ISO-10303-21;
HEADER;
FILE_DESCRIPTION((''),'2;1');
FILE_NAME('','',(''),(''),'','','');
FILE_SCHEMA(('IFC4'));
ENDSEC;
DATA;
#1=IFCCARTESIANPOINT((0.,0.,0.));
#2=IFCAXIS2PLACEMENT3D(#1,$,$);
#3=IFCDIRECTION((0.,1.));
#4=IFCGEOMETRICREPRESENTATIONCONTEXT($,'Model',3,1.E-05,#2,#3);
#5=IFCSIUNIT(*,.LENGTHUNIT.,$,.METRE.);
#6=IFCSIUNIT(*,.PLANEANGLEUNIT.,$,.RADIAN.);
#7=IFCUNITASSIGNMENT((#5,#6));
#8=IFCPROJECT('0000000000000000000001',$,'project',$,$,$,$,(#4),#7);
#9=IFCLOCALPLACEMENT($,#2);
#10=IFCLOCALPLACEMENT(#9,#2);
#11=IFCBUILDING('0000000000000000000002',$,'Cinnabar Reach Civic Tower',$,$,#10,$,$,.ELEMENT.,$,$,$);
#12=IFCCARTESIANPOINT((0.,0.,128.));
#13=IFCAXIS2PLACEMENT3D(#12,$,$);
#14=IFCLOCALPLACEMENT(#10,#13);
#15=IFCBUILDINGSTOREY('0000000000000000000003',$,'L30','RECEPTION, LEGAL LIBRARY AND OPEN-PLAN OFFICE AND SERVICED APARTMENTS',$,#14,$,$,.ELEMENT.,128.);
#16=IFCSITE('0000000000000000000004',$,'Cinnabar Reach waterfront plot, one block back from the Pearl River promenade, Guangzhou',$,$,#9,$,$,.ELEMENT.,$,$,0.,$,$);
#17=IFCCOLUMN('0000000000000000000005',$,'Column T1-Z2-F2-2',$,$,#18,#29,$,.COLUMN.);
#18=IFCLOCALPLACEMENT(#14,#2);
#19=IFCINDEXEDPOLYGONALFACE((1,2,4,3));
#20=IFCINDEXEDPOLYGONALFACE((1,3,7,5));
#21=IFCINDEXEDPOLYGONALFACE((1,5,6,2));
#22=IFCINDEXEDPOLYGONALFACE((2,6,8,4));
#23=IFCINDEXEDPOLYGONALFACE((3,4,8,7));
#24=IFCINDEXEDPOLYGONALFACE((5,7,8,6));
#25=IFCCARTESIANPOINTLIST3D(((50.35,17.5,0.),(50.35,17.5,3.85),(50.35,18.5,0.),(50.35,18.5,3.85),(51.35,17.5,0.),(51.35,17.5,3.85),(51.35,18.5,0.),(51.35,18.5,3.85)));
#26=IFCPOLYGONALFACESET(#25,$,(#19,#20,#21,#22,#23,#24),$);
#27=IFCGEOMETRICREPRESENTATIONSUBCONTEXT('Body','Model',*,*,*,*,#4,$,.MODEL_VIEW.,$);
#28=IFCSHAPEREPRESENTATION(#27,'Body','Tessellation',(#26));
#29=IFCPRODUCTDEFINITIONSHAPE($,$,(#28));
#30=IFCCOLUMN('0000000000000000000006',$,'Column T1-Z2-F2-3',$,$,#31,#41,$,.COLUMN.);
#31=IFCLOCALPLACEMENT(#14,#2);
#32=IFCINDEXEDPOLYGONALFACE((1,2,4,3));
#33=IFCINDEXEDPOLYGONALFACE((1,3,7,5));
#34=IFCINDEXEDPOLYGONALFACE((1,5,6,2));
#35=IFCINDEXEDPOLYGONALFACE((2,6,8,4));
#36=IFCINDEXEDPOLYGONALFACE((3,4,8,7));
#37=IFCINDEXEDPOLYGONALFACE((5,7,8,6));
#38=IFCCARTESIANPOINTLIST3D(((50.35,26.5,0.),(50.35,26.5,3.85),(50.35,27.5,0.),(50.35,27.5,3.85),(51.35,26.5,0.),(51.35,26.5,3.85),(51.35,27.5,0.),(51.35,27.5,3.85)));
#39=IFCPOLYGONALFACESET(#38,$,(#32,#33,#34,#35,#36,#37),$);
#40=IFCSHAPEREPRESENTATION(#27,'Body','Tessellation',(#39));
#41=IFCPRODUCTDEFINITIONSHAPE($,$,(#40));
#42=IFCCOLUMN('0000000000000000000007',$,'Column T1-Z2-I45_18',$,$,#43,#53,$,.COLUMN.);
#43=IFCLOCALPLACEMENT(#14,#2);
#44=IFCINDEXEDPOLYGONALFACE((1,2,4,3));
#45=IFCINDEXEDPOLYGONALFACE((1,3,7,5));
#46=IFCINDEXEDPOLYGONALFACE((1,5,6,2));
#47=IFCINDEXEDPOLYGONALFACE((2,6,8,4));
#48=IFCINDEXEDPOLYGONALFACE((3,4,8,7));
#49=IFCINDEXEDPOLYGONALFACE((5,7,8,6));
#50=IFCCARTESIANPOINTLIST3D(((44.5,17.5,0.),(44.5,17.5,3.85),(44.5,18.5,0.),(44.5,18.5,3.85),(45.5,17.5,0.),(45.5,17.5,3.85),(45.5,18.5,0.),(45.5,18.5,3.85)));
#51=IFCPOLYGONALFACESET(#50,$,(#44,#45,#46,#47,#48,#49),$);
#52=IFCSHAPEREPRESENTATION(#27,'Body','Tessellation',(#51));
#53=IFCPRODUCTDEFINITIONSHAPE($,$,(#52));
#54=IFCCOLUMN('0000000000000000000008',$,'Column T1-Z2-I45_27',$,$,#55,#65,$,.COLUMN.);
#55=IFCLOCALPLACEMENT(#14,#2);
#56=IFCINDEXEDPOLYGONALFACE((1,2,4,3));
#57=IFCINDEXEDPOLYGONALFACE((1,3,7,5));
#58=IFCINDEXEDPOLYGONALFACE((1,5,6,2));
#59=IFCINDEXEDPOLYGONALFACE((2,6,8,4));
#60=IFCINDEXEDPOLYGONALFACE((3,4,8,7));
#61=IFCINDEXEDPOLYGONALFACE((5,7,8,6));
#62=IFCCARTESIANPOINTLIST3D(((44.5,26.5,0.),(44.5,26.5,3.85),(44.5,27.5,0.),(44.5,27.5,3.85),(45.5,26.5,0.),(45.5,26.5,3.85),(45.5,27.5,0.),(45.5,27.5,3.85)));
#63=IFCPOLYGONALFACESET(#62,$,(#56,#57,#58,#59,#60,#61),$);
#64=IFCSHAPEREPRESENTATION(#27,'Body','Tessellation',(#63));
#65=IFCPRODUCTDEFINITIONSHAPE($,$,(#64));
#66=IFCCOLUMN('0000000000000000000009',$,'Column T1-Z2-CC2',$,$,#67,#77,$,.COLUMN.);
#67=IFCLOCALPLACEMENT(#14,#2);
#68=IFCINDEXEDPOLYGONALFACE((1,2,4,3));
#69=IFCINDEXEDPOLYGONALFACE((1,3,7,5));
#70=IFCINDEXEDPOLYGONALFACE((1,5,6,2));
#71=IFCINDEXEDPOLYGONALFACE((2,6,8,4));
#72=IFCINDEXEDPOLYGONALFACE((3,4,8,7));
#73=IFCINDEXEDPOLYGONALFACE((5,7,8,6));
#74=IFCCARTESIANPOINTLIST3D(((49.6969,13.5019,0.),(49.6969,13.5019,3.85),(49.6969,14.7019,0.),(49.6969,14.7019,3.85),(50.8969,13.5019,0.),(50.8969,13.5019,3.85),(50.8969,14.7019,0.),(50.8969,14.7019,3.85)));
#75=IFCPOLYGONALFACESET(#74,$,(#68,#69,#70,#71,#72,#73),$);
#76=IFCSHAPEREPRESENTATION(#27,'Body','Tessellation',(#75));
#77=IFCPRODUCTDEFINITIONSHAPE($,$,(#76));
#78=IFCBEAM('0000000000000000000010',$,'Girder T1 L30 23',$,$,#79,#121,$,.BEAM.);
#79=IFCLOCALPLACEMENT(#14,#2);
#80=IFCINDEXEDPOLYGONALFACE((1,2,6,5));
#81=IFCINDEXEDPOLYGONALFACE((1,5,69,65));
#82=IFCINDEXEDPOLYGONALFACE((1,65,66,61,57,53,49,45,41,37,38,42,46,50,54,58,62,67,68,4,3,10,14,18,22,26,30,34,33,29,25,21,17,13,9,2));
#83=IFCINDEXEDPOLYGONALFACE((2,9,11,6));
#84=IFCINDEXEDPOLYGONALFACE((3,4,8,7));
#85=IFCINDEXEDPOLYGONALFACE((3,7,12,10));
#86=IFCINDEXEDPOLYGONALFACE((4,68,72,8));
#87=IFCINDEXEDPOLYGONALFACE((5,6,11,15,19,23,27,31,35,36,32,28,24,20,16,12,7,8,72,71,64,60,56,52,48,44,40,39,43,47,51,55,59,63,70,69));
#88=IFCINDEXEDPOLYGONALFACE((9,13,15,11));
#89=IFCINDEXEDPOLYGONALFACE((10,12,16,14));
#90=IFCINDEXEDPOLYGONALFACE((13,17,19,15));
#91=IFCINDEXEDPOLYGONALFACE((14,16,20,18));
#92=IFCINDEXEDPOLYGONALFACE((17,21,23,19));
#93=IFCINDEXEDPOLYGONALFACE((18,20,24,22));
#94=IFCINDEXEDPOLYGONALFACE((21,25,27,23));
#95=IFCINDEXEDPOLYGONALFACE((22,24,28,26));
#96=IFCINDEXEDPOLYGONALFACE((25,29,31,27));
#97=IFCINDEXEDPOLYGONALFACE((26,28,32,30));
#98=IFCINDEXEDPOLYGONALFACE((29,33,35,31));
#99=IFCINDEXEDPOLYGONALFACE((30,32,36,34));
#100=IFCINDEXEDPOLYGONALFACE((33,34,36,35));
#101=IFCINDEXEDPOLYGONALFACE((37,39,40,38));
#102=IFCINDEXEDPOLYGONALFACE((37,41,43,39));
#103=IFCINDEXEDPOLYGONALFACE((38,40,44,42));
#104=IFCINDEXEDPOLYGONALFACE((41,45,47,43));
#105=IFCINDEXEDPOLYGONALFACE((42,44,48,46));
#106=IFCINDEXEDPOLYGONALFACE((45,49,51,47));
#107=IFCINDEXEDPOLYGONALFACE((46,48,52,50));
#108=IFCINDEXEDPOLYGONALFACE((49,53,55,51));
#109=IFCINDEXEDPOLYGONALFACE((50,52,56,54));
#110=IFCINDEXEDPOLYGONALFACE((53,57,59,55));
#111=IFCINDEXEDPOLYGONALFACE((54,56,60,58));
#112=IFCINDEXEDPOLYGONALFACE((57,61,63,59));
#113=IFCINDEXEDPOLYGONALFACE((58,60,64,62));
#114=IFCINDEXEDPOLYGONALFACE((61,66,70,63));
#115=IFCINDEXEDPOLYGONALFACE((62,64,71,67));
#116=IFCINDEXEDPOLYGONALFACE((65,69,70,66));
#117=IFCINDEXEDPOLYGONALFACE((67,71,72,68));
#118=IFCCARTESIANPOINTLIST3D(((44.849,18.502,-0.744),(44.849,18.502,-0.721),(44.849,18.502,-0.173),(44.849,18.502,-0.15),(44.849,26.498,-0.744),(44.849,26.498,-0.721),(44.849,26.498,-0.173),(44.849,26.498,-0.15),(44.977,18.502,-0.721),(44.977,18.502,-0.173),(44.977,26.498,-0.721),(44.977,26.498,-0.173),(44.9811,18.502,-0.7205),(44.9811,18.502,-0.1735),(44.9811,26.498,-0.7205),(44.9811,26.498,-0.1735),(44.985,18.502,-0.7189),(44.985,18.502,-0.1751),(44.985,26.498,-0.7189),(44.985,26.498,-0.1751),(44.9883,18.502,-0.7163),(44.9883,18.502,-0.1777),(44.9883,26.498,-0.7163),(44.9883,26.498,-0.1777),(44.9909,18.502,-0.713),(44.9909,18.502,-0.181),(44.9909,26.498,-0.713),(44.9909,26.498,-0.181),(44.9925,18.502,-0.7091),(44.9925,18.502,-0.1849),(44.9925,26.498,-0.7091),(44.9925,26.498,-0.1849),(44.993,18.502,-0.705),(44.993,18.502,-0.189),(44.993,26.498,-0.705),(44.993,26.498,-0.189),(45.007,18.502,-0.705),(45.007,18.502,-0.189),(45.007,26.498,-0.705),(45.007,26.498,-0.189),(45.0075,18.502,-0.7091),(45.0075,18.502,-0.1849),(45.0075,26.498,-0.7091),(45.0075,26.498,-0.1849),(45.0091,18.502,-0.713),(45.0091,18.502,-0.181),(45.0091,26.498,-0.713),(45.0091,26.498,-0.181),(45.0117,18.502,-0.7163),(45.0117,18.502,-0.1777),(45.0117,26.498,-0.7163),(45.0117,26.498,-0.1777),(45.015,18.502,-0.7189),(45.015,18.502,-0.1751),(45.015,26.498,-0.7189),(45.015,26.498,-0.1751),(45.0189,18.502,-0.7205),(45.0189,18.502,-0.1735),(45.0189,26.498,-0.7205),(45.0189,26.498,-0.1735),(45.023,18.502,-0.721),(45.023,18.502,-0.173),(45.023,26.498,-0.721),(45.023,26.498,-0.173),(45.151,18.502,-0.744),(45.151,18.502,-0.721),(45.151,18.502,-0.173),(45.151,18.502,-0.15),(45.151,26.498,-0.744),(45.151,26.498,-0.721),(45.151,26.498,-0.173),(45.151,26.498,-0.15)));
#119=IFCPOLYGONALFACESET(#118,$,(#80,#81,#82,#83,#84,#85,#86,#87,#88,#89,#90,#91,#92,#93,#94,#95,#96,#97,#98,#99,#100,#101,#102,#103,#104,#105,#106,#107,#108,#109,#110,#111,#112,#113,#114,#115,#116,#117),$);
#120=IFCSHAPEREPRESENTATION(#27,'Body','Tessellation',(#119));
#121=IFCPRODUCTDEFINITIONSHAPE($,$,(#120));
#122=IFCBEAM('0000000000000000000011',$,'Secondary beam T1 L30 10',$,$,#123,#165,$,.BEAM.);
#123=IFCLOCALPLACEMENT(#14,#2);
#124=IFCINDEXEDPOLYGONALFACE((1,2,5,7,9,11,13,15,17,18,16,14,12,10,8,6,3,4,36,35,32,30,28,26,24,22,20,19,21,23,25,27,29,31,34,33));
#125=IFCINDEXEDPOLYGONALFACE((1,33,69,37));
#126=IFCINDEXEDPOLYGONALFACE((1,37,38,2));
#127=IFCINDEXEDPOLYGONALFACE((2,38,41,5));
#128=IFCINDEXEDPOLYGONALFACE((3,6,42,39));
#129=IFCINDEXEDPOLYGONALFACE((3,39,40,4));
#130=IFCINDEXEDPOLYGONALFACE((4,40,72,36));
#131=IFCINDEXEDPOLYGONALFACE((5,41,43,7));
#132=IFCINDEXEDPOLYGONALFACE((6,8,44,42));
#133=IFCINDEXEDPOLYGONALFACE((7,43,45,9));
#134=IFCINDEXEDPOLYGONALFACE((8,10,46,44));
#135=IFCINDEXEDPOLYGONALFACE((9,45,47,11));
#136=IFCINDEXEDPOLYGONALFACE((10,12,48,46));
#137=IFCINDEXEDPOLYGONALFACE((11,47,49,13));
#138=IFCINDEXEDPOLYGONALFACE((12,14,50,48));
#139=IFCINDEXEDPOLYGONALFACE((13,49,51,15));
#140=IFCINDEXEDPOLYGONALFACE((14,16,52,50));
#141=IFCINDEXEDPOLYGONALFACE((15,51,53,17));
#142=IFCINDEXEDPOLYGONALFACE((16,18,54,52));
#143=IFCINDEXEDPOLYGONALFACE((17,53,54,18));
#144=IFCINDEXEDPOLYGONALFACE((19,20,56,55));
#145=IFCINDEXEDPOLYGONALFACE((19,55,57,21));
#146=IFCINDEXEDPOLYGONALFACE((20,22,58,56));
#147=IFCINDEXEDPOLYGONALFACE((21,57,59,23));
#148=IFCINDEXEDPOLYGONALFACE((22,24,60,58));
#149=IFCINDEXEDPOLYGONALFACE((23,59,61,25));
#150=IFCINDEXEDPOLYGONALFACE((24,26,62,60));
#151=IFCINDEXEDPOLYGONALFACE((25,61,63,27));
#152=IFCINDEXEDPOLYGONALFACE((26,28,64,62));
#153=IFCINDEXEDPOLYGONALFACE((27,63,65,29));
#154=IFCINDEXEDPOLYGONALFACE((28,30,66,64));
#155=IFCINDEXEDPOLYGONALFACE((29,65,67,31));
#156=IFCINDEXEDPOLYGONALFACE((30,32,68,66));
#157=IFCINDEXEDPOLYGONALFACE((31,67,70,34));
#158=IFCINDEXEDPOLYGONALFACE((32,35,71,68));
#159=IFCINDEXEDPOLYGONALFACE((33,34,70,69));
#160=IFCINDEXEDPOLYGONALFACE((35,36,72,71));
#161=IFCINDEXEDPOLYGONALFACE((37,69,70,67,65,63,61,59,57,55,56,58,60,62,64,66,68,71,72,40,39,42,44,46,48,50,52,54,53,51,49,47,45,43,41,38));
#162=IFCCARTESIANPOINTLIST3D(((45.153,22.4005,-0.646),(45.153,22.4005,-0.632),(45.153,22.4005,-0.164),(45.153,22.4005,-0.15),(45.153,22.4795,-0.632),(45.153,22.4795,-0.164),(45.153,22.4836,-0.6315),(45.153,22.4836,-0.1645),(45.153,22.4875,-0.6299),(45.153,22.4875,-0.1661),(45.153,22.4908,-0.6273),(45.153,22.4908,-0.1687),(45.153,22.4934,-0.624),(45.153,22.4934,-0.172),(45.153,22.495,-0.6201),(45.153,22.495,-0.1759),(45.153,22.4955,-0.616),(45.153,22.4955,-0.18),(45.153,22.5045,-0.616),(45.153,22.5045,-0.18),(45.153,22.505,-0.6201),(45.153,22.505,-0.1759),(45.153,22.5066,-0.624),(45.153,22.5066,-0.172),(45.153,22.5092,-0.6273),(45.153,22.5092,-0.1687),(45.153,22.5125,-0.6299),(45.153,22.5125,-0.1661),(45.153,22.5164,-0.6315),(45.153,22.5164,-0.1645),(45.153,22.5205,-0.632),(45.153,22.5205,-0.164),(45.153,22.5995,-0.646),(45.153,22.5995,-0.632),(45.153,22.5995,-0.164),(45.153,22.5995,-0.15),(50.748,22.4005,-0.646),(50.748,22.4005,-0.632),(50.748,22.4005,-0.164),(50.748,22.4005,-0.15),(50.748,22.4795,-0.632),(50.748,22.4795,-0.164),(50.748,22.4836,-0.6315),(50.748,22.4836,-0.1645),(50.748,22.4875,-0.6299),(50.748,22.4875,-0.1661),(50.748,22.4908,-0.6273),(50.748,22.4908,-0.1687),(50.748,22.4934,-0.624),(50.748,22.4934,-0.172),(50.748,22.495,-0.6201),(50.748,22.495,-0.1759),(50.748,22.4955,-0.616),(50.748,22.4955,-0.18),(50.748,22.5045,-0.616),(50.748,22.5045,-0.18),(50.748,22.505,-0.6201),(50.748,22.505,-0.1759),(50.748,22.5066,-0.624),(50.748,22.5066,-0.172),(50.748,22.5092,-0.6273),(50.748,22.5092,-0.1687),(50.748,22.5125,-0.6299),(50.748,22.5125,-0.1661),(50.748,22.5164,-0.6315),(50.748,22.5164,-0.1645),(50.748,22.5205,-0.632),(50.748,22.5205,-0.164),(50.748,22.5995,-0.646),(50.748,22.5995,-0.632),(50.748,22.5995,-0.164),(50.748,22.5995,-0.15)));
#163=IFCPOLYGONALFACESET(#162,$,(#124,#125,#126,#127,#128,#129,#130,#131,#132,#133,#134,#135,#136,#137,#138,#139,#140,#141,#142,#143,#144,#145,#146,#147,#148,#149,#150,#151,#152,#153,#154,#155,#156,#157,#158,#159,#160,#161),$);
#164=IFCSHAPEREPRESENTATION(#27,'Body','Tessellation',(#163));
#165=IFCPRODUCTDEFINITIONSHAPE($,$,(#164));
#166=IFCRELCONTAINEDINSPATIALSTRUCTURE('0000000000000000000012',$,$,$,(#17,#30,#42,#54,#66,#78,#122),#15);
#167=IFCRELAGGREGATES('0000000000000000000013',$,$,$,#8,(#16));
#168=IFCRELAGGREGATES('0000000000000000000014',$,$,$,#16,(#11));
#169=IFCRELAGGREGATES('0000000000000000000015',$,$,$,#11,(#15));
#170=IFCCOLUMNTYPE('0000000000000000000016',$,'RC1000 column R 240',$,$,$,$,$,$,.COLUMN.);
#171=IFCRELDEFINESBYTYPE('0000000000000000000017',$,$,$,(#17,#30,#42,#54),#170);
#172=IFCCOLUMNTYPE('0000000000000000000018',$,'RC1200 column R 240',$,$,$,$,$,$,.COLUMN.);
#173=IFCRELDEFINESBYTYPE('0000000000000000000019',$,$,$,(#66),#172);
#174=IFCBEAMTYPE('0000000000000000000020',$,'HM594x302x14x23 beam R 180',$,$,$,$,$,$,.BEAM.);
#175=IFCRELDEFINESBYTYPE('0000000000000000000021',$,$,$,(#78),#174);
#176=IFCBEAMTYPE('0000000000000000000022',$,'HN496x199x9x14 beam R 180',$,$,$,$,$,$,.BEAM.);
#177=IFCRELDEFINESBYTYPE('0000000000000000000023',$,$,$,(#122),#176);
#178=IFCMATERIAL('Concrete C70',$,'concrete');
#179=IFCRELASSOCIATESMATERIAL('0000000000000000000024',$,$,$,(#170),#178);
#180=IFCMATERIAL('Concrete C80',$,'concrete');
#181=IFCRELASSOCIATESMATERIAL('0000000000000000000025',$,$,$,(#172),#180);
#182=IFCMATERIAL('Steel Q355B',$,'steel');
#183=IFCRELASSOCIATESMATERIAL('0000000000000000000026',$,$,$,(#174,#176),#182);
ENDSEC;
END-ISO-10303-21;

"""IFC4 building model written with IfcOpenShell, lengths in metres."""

from ifc_helpers import new_model, si_unit, direction, frame, origin, origin_2d, place, context, subcontext, project, spatial, rectangle, i_section, extrude, material, material_profile, profile_set, type_object, element, save


model = new_model("IFC4")

# Units and contexts
model_context = context("Model", 3, precision=1e-05, world=origin(), true_north=direction((0.0, 1.0)))
body_context = subcontext(model_context, "Body", "Model", "MODEL_VIEW")
ifc_project = project(units=[si_unit("LENGTHUNIT", "METRE"), si_unit("PLANEANGLEUNIT", "RADIAN")], contexts=[model_context])

# Site, building, storey
site_placement = place(None, origin())
site = spatial("IfcSite", under=ifc_project, at=site_placement, Name="Cinnabar Reach waterfront plot, one block back from the Pearl River promenade, Guangzhou", CompositionType="ELEMENT", RefElevation=0.0)
building_placement = place(site_placement, origin())
building = spatial("IfcBuilding", under=site, at=building_placement, Name="Cinnabar Reach Civic Tower", CompositionType="ELEMENT")
storey_placement = place(building_placement, frame((0.0, 0.0, 128.0)))
storey = spatial("IfcBuildingStorey", under=building, at=storey_placement, Name="L30", Description="RECEPTION, LEGAL LIBRARY AND OPEN-PLAN OFFICE AND SERVICED APARTMENTS", CompositionType="ELEMENT", Elevation=128.0)

# Columns
ifc_material_1 = material(Name="Concrete C70", Category="concrete")
ifc_material_profile_1 = material_profile(ifc_material_1, rectangle(XDim=1.0, YDim=1.0, at=origin_2d()), Name="RC1000")
ifc_profile_set_1 = profile_set([ifc_material_profile_1], Name="Concrete C70")
column_type_1 = type_object("IfcColumnType", Name="RC1000 column R 240", PredefinedType="COLUMN", material=ifc_profile_set_1)
for number, where, z_axis, x_axis, name in (
    (1, (50.85, 18.0, 0.0), (0.0, 0.0, 1.0), (1.0, 0.0, 0.0), "Column T1-Z2-F2-2"),
    (2, (50.85, 27.0, 0.0), (0.0, 0.0, 1.0), (1.0, 0.0, 0.0), "Column T1-Z2-F2-3"),
    (3, (45.0, 18.0, 0.0), (0.0, 0.0, 1.0), (1.0, 0.0, 0.0), "Column T1-Z2-I45_18"),
    (4, (45.0, 27.0, 0.0), (0.0, 0.0, 1.0), (1.0, 0.0, 0.0), "Column T1-Z2-I45_27"),
):
    element("IfcColumn", number, at=place(storey_placement, frame(where, z_axis=z_axis, x_axis=x_axis)), inside=storey, type_object=column_type_1, Name=name, PredefinedType="COLUMN", context=body_context, shape_type="SweptSolid", body=[
        extrude(rectangle(XDim=1.0, YDim=1.0, at=origin_2d()), origin(), (0.0, 0.0, 1.0), 3.85),
    ])
ifc_material_2 = material(Name="Concrete C80", Category="concrete")
ifc_material_profile_2 = material_profile(ifc_material_2, rectangle(XDim=1.2, YDim=1.2, at=origin_2d()), Name="RC1200")
ifc_profile_set_2 = profile_set([ifc_material_profile_2], Name="Concrete C80")
column_type_2 = type_object("IfcColumnType", Name="RC1200 column R 240", PredefinedType="COLUMN", material=ifc_profile_set_2)
column_placement = place(storey_placement, frame((50.2969, 14.1019, 0.0), z_axis=(0.0, 0.0, 1.0), x_axis=(1.0, 0.0, 0.0)))
element("IfcColumn", 5, at=column_placement, inside=storey, type_object=column_type_2, Name="Column T1-Z2-CC2", PredefinedType="COLUMN", context=body_context, shape_type="SweptSolid", body=[
    extrude(rectangle(XDim=1.2, YDim=1.2, at=origin_2d()), origin(), (0.0, 0.0, 1.0), 3.85),
])

# Beams
ifc_material_3 = material(Name="Steel Q355B", Category="steel")
ifc_material_profile_3 = material_profile(ifc_material_3, i_section(OverallWidth=0.302, OverallDepth=0.594, WebThickness=0.014, FlangeThickness=0.023, FilletRadius=0.016, at=origin_2d()), Name="HM594x302x14x23")
ifc_profile_set_3 = profile_set([ifc_material_profile_3], Name="Steel Q355B")
beam_type_1 = type_object("IfcBeamType", Name="HM594x302x14x23 beam R 180", PredefinedType="BEAM", material=ifc_profile_set_3)
beam_1_placement = place(storey_placement, frame((45.0, 18.502, -0.447), z_axis=(0.0, 1.0, 0.0), x_axis=(-1.0, 0.0, 0.0)))
element("IfcBeam", 6, at=beam_1_placement, inside=storey, type_object=beam_type_1, Name="Girder T1 L30 23", PredefinedType="BEAM", context=body_context, shape_type="SweptSolid", body=[
    extrude(i_section(OverallWidth=0.302, OverallDepth=0.594, WebThickness=0.014, FlangeThickness=0.023, FilletRadius=0.016, at=origin_2d()), origin(), (0.0, 0.0, 1.0), 7.996),
])
ifc_material_profile_4 = material_profile(ifc_material_3, i_section(OverallWidth=0.199, OverallDepth=0.496, WebThickness=0.009, FlangeThickness=0.014, FilletRadius=0.016, at=origin_2d()), Name="HN496x199x9x14")
ifc_profile_set_4 = profile_set([ifc_material_profile_4], Name="Steel Q355B")
beam_type_2 = type_object("IfcBeamType", Name="HN496x199x9x14 beam R 180", PredefinedType="BEAM", material=ifc_profile_set_4)
beam_2_placement = place(storey_placement, frame((45.153, 22.5, -0.398), z_axis=(1.0, 0.0, 0.0), x_axis=(0.0, 1.0, 0.0)))
element("IfcBeam", 7, at=beam_2_placement, inside=storey, type_object=beam_type_2, Name="Secondary beam T1 L30 10", PredefinedType="BEAM", context=body_context, shape_type="SweptSolid", body=[
    extrude(i_section(OverallWidth=0.199, OverallDepth=0.496, WebThickness=0.009, FlangeThickness=0.014, FilletRadius=0.016, at=origin_2d()), origin(), (0.0, 0.0, 1.0), 5.595),
])

save(model, "model.ifc")
